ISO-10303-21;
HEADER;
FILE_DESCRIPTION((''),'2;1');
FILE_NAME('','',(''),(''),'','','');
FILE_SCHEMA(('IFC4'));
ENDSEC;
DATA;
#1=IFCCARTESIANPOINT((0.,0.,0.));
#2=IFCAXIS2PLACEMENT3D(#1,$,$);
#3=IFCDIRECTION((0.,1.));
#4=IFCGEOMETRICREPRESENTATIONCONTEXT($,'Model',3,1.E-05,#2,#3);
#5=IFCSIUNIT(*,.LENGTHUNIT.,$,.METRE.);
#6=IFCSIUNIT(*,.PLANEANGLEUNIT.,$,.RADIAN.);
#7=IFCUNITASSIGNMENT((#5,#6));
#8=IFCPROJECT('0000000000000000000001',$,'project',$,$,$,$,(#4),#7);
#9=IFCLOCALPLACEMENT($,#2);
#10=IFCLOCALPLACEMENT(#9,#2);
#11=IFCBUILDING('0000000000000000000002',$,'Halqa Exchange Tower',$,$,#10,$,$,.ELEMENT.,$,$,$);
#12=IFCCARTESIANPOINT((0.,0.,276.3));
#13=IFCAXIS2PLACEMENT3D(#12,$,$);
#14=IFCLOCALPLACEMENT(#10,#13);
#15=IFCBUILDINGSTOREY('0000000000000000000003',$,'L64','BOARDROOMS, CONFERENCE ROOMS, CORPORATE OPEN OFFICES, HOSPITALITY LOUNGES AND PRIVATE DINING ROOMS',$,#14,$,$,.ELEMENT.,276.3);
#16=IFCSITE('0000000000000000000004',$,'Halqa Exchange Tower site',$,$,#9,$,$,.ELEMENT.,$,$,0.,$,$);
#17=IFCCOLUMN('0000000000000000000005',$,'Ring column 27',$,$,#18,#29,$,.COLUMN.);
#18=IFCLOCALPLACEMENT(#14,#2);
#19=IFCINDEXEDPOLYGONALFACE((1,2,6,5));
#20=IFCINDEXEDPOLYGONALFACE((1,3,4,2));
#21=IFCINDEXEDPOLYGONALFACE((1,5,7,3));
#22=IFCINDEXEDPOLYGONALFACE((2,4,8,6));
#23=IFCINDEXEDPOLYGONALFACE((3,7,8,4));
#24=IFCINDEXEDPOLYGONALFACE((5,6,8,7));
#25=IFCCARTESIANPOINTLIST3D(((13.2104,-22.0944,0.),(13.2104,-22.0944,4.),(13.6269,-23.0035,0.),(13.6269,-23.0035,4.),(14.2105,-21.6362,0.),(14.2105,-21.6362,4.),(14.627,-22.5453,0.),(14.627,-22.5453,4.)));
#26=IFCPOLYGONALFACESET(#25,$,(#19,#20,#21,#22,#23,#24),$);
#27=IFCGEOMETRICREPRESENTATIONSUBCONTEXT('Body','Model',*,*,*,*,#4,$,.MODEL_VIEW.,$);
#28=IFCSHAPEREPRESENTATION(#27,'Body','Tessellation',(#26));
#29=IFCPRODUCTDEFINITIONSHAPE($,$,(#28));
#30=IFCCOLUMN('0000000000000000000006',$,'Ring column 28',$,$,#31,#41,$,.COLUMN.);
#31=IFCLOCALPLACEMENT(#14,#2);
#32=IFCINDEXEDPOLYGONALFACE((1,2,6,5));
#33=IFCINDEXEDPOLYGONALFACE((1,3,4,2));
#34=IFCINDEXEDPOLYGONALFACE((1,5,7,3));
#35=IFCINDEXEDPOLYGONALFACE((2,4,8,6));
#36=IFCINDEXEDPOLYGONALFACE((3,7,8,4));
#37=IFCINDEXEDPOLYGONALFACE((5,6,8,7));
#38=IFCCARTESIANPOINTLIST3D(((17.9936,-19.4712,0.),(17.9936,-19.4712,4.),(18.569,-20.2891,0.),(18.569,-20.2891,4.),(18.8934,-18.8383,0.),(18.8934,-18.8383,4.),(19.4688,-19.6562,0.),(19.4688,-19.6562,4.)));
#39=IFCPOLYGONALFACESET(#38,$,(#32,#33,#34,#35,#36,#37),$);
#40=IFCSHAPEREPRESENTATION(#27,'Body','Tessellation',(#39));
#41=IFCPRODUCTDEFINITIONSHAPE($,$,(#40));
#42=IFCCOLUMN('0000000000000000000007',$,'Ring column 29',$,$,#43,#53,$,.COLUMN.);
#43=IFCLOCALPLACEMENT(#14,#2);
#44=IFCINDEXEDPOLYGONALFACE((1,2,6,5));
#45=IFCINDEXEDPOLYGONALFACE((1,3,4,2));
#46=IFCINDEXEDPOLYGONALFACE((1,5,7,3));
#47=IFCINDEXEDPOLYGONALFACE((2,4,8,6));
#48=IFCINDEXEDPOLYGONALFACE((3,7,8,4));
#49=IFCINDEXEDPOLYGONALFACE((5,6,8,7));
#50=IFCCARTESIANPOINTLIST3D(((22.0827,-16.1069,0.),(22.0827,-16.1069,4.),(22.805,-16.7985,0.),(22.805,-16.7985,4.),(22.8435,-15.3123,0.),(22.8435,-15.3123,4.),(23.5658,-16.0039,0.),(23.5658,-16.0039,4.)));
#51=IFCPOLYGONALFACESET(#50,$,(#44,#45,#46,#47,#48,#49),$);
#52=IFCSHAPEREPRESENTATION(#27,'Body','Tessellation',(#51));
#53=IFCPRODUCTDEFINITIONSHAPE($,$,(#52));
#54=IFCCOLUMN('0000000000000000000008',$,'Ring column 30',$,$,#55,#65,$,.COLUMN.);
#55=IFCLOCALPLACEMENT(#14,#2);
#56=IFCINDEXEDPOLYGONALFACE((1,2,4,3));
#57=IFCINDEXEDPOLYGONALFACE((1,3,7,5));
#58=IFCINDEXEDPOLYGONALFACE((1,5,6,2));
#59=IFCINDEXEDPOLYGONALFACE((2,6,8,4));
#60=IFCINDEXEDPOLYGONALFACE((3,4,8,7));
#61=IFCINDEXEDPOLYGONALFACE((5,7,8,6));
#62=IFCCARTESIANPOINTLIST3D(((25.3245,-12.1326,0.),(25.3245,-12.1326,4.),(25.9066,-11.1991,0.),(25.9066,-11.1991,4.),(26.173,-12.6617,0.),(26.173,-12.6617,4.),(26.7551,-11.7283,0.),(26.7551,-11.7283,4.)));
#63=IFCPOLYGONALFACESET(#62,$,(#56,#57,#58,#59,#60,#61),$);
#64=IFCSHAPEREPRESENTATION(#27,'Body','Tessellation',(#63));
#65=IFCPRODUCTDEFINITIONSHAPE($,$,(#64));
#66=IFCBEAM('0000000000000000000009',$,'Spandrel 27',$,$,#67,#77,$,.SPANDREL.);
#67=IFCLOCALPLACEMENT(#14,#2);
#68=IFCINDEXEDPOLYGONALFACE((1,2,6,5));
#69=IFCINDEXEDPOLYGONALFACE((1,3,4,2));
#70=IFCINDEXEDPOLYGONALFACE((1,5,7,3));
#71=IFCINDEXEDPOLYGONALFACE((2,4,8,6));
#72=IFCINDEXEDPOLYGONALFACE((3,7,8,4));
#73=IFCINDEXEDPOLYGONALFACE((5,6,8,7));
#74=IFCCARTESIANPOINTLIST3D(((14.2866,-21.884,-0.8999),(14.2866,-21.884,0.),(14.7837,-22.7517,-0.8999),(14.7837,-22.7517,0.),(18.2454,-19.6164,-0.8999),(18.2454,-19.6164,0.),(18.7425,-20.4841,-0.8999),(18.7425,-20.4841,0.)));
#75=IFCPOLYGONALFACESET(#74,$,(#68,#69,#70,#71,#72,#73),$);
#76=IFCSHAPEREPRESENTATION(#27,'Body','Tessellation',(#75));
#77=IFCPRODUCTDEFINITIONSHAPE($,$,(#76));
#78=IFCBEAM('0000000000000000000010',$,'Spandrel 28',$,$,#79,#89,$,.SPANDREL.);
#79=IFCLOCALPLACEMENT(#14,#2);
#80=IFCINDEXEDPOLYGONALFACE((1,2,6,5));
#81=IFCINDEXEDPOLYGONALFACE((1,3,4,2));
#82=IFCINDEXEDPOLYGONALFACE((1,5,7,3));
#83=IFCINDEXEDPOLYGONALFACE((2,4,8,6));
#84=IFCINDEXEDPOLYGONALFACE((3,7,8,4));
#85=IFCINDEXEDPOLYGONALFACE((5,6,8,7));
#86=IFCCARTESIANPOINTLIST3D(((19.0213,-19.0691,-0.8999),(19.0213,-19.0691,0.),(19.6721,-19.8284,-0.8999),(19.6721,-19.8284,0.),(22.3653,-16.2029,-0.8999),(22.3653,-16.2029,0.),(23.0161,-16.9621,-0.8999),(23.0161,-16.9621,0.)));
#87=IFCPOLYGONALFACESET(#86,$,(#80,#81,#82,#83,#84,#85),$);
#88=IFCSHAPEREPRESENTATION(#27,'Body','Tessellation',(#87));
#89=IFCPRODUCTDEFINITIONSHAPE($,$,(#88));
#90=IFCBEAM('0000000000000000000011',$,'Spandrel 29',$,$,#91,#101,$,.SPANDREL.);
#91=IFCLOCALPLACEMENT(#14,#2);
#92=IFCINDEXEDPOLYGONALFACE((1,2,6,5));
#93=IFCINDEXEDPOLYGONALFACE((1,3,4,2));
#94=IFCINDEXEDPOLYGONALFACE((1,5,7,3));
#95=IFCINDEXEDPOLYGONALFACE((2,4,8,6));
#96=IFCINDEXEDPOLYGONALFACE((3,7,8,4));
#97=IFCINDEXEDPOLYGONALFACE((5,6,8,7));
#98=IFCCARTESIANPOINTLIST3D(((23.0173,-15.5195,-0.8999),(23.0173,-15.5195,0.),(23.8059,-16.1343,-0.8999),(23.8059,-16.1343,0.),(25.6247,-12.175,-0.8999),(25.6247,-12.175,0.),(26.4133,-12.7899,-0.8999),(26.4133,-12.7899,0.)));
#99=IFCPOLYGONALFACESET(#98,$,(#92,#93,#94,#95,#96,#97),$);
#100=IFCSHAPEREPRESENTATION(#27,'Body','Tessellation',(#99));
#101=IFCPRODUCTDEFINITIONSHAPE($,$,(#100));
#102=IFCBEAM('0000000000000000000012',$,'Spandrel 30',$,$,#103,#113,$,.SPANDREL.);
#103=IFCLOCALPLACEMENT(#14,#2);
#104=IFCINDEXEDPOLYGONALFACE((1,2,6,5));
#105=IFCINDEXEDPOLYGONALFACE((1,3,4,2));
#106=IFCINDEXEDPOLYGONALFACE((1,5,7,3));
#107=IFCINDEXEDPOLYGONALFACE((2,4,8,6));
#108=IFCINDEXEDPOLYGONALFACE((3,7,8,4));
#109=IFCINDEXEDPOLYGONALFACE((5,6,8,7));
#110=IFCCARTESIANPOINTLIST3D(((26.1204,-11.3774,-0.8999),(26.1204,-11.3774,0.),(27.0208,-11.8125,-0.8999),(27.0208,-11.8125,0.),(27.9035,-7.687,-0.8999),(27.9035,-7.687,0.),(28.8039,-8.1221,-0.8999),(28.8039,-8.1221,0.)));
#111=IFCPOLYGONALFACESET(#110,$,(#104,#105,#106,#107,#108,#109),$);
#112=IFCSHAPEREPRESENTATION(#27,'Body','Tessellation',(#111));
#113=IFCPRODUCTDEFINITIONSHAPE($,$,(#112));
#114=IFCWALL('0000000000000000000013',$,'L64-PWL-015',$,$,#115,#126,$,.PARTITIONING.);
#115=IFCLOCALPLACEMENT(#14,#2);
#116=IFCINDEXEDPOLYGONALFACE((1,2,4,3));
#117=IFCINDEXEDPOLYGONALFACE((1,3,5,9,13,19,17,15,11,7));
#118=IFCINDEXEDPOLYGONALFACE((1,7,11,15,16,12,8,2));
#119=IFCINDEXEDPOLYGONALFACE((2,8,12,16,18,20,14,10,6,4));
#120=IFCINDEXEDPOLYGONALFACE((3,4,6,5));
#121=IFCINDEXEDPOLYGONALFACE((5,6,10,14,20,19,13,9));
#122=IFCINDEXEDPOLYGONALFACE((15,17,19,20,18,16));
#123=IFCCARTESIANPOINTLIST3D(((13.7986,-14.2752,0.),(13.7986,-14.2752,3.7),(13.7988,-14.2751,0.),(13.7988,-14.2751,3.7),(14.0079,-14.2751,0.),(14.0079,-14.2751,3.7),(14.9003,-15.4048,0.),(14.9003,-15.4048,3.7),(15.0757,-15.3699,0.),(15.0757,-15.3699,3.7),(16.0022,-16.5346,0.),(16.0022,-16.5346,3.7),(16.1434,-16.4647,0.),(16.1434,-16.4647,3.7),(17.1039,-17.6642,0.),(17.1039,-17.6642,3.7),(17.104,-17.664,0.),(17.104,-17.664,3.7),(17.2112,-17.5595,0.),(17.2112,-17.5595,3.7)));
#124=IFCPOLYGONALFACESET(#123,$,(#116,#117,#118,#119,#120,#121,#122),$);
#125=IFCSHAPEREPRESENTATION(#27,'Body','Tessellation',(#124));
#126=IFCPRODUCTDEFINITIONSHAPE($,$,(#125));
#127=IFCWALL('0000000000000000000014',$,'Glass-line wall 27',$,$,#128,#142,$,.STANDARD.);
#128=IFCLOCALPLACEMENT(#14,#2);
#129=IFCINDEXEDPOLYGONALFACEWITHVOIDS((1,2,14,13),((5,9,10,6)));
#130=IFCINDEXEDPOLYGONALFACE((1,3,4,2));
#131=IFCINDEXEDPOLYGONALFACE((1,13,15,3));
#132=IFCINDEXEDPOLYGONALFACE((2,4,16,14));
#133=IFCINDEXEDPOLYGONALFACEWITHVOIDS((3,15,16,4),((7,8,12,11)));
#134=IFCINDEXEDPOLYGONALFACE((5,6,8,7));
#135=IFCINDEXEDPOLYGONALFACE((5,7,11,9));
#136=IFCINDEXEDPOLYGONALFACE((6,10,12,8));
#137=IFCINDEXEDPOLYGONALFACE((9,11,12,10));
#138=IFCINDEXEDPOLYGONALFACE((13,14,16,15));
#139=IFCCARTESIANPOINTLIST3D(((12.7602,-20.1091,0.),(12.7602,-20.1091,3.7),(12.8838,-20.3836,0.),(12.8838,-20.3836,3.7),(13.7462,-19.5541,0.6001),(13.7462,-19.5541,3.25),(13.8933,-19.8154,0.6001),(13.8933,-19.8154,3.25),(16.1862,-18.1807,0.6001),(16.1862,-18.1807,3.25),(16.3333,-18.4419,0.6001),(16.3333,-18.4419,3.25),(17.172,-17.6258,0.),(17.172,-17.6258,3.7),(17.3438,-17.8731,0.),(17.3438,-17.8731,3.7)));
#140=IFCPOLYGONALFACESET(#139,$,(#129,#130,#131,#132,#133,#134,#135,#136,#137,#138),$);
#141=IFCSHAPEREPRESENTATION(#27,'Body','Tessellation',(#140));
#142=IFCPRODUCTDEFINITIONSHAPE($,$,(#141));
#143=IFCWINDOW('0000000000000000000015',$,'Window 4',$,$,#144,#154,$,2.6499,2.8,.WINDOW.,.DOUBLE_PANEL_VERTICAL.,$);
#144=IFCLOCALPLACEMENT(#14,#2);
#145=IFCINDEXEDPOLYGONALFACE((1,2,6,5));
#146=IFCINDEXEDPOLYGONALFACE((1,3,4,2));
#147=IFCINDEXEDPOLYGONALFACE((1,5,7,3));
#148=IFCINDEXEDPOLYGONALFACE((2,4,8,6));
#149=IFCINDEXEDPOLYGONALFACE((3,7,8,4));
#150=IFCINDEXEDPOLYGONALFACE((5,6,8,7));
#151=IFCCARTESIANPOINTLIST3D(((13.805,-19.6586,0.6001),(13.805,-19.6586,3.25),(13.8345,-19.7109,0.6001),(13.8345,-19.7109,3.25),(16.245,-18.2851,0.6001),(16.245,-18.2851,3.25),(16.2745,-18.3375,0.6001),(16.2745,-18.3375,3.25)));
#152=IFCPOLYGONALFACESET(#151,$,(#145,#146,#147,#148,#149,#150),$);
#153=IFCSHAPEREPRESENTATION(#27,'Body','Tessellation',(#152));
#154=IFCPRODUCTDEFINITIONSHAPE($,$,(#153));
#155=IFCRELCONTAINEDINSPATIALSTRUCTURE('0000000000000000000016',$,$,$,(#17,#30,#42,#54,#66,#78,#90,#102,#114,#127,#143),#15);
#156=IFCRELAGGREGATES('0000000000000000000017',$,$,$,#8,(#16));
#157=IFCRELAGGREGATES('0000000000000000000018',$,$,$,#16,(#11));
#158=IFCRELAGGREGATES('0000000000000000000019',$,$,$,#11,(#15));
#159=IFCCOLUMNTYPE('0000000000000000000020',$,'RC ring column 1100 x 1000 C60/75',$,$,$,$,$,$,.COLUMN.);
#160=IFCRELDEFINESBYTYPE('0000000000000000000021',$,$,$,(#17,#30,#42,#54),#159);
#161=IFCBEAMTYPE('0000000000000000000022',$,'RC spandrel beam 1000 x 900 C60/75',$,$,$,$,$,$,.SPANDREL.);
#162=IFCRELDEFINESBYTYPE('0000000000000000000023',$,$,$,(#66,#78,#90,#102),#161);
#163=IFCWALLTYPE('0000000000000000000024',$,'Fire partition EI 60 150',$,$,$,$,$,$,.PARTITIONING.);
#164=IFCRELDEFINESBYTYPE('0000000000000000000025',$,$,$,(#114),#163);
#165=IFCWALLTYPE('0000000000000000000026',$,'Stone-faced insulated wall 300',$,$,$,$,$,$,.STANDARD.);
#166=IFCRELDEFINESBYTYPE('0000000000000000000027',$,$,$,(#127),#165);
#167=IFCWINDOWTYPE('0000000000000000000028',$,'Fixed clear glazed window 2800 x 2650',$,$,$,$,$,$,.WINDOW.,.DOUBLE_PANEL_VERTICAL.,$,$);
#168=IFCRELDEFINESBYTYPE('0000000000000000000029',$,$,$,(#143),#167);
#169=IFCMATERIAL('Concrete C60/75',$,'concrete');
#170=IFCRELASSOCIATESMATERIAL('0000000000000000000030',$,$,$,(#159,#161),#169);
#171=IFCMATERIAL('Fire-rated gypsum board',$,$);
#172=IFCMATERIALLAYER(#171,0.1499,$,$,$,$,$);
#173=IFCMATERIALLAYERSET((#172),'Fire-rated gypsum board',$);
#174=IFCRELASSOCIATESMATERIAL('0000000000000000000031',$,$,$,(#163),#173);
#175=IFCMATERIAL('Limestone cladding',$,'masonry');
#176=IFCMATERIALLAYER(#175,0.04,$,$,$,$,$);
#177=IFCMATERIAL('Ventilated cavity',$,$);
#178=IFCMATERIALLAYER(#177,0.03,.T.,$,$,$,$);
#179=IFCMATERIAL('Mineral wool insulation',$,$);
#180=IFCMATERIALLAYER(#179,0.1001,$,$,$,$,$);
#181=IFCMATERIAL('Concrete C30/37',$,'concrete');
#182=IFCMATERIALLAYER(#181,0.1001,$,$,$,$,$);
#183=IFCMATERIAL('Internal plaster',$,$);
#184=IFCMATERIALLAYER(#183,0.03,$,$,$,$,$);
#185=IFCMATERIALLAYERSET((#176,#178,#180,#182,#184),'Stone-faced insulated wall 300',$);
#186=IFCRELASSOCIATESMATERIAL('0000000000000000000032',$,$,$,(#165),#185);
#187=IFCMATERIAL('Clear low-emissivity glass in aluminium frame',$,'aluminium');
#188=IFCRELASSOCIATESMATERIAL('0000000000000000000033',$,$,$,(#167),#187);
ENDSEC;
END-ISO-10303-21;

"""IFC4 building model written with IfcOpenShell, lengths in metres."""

from ifc_helpers import new_model, si_unit, direction, frame, frame_2d, origin, origin_2d, place, context, subcontext, project, spatial, polyline, rectangle, outline, extrude, material, layer, layer_set, material_profile, profile_set, type_object, element, fill, save


model = new_model("IFC4")

# Units and contexts
model_context = context("Model", 3, precision=1e-05, world=origin(), true_north=direction((0.0, 1.0)))
body_context = subcontext(model_context, "Body", "Model", "MODEL_VIEW")
ifc_project = project(units=[si_unit("LENGTHUNIT", "METRE"), si_unit("PLANEANGLEUNIT", "RADIAN")], contexts=[model_context])

# Site, building, storey
site_placement = place(None, origin())
site = spatial("IfcSite", under=ifc_project, at=site_placement, Name="Halqa Exchange Tower site", CompositionType="ELEMENT", RefElevation=0.0)
building_placement = place(site_placement, origin())
building = spatial("IfcBuilding", under=site, at=building_placement, Name="Halqa Exchange Tower", CompositionType="ELEMENT")
storey_placement = place(building_placement, frame((0.0, 0.0, 276.3)))
storey = spatial("IfcBuildingStorey", under=building, at=storey_placement, Name="L64", Description="BOARDROOMS, CONFERENCE ROOMS, CORPORATE OPEN OFFICES, HOSPITALITY LOUNGES AND PRIVATE DINING ROOMS", CompositionType="ELEMENT", Elevation=276.3)

# Columns
ifc_material_1 = material(Name="Concrete C60/75", Category="concrete")
ifc_material_profile_1 = material_profile(ifc_material_1, rectangle(XDim=1.1001, YDim=1.0, at=origin_2d()), Name="1100 x 1000")
ifc_profile_set_1 = profile_set([ifc_material_profile_1], Name="Concrete C60/75")
column_type = type_object("IfcColumnType", Name="RC ring column 1100 x 1000 C60/75", PredefinedType="COLUMN", material=ifc_profile_set_1)
for number, where, z_axis, x_axis, name in (
    (1, (13.9187, -22.3198, 0.0), (0.0, 0.0, 1.0), (0.909129, 0.416514, 0.0), "Ring column 27"),
    (2, (18.7312, -19.5637, 0.0), (0.0, 0.0, 1.0), (0.817907, 0.575351, 0.0), "Ring column 28"),
    (3, (22.8242, -16.0554, 0.0), (0.0, 0.0, 1.0), (0.691577, 0.722302, 0.0), "Ring column 29"),
    (4, (26.0398, -11.9304, 0.0), (0.0, 0.0, 1.0), (0.529143, 0.848532, 0.0), "Ring column 30"),
):
    element("IfcColumn", number, at=place(storey_placement, frame(where, z_axis=z_axis, x_axis=x_axis)), inside=storey, type_object=column_type, Name=name, PredefinedType="COLUMN", context=body_context, shape_type="SweptSolid", body=[
        extrude(rectangle(XDim=1.1001, YDim=1.0, at=origin_2d()), origin(), (0.0, 0.0, 1.0), 4.0),
    ])

# Beams
ifc_material_profile_2 = material_profile(ifc_material_1, rectangle(XDim=1.0, YDim=0.8999, at=origin_2d()), Name="1000 x 900")
ifc_profile_set_2 = profile_set([ifc_material_profile_2], Name="Concrete C60/75")
beam_type = type_object("IfcBeamType", Name="RC spandrel beam 1000 x 900 C60/75", PredefinedType="SPANDREL", material=ifc_profile_set_2)
beam_1_placement = place(storey_placement, frame((14.5352, -22.3179, -0.45), z_axis=(0.867729, 0.497038, 0.0), x_axis=(-0.497038, 0.867729, 0.0)))
element("IfcBeam", 5, at=beam_1_placement, inside=storey, type_object=beam_type, Name="Spandrel 27", PredefinedType="SPANDREL", context=body_context, shape_type="SweptSolid", body=[
    extrude(rectangle(XDim=1.0, YDim=0.8999, at=origin_2d()), origin(), (0.0, 0.0, 1.0), 4.5623),
])
beam_2_placement = place(storey_placement, frame((19.3467, -19.4487, -0.45), z_axis=(0.759264, 0.650782, 0.0), x_axis=(-0.650782, 0.759264, 0.0)))
element("IfcBeam", 6, at=beam_2_placement, inside=storey, type_object=beam_type, Name="Spandrel 28", PredefinedType="SPANDREL", context=body_context, shape_type="SweptSolid", body=[
    extrude(rectangle(XDim=1.0, YDim=0.8999, at=origin_2d()), origin(), (0.0, 0.0, 1.0), 4.4043),
])
beam_3_placement = place(storey_placement, frame((23.4116, -15.8269, -0.45), z_axis=(0.614845, 0.788648, 0.0), x_axis=(-0.788648, 0.614845, 0.0)))
element("IfcBeam", 7, at=beam_3_placement, inside=storey, type_object=beam_type, Name="Spandrel 29", PredefinedType="SPANDREL", context=body_context, shape_type="SweptSolid", body=[
    extrude(rectangle(XDim=1.0, YDim=0.8999, at=origin_2d()), origin(), (0.0, 0.0, 1.0), 4.2407),
])
beam_4_placement = place(storey_placement, frame((26.5706, -11.595, -0.45), z_axis=(0.435069, 0.900397, 0.0), x_axis=(-0.900397, 0.435069, 0.0)))
element("IfcBeam", 8, at=beam_4_placement, inside=storey, type_object=beam_type, Name="Spandrel 30", PredefinedType="SPANDREL", context=body_context, shape_type="SweptSolid", body=[
    extrude(rectangle(XDim=1.0, YDim=0.8999, at=origin_2d()), origin(), (0.0, 0.0, 1.0), 4.0986),
])

# Wall
ifc_material_2 = material(Name="Fire-rated gypsum board")
ifc_layer_1 = layer(ifc_material_2, 0.1499)
ifc_layer_set_1 = layer_set([ifc_layer_1], Name="Fire-rated gypsum board")
wall_type_1 = type_object("IfcWallType", Name="Fire partition EI 60 150", PredefinedType="PARTITIONING", material=ifc_layer_set_1)
wall_1_placement = place(storey_placement, frame((13.8523, -14.2229, 0.0), z_axis=(0.0, 0.0, 1.0), x_axis=(0.698207, -0.715896, 0.0)))
element("IfcWall", 9, at=wall_1_placement, inside=storey, type_object=wall_type_1, Name="L64-PWL-015", PredefinedType="PARTITIONING", context=body_context, shape_type="SweptSolid", body=[
    extrude(outline(polyline([(0.0, -0.075), (1.5779, -0.075), (3.156, -0.075), (4.7339, -0.075), (4.7339, -0.0747), (4.7339, 0.075), (3.2046, 0.075), (1.6753, 0.075), (0.146, 0.075), (0.0, -0.0747), (0.0, -0.075)])), origin(), (0.0, 0.0, 1.0), 3.7),
])

# Wall, opening, window
ifc_material_3 = material(Name="Limestone cladding", Category="masonry")
ifc_layer_2 = layer(ifc_material_3, 0.04)
ifc_material_4 = material(Name="Ventilated cavity")
ifc_layer_3 = layer(ifc_material_4, 0.03, ventilated=True)
ifc_material_5 = material(Name="Mineral wool insulation")
ifc_layer_4 = layer(ifc_material_5, 0.1001)
ifc_material_6 = material(Name="Concrete C30/37", Category="concrete")
ifc_layer_5 = layer(ifc_material_6, 0.1001)
ifc_material_7 = material(Name="Internal plaster")
ifc_layer_6 = layer(ifc_material_7, 0.03)
ifc_layer_set_2 = layer_set([ifc_layer_2, ifc_layer_3, ifc_layer_4, ifc_layer_5, ifc_layer_6], Name="Stone-faced insulated wall 300")
wall_type_2 = type_object("IfcWallType", Name="Stone-faced insulated wall 300", PredefinedType="STANDARD", material=ifc_layer_set_2)
wall_2_placement = place(storey_placement, frame((12.822, -20.2463, 0.0), z_axis=(0.0, 0.0, 1.0), x_axis=(0.871433, 0.490514, 0.0)))
wall_2 = element("IfcWall", 10, at=wall_2_placement, inside=storey, type_object=wall_type_2, Name="Glass-line wall 27", PredefinedType="STANDARD", context=body_context, shape_type="SweptSolid", body=[
    extrude(outline(polyline([(-0.0134, -0.1499), (5.1045, -0.1499), (5.0762, 0.1499), (0.0134, 0.1499), (-0.0134, -0.1499)])), origin(), (0.0, 0.0, 1.0), 3.7),
])
opening_1_placement = place(wall_2_placement, frame((1.145, 0.0, 0.6001)))
opening_1 = element("IfcOpeningElement", 11, at=opening_1_placement, cuts=wall_2, PredefinedType="OPENING", context=body_context, shape_type="SweptSolid", body=[
    extrude(rectangle(XDim=2.8, YDim=2.6499, at=frame_2d((1.3999, 1.325))), frame((0.0, 0.1621, 0.0), z_axis=(0.0, -1.0, 0.0), x_axis=(1.0, 0.0, 0.0)), (0.0, 0.0, 1.0), 0.324),
])
ifc_material_8 = material(Name="Clear low-emissivity glass in aluminium frame", Category="aluminium")
window_type = type_object("IfcWindowType", Name="Fixed clear glazed window 2800 x 2650", PartitioningType="DOUBLE_PANEL_VERTICAL", PredefinedType="WINDOW", material=ifc_material_8)
window_1_placement = place(opening_1_placement, origin())
window_1 = element("IfcWindow", 12, at=window_1_placement, inside=storey, type_object=window_type, Name="Window 4", OverallHeight=2.6499, OverallWidth=2.8, PartitioningType="DOUBLE_PANEL_VERTICAL", PredefinedType="WINDOW", context=body_context, shape_type="SweptSolid", body=[
    extrude(rectangle(XDim=2.8, YDim=2.6499, at=frame_2d((1.3999, 1.325))), frame((0.0, 0.03, 0.0), z_axis=(0.0, -1.0, 0.0), x_axis=(1.0, 0.0, 0.0)), (0.0, 0.0, 1.0), 0.0601),
])
fill(opening_1, window_1)

save(model, "model.ifc")
